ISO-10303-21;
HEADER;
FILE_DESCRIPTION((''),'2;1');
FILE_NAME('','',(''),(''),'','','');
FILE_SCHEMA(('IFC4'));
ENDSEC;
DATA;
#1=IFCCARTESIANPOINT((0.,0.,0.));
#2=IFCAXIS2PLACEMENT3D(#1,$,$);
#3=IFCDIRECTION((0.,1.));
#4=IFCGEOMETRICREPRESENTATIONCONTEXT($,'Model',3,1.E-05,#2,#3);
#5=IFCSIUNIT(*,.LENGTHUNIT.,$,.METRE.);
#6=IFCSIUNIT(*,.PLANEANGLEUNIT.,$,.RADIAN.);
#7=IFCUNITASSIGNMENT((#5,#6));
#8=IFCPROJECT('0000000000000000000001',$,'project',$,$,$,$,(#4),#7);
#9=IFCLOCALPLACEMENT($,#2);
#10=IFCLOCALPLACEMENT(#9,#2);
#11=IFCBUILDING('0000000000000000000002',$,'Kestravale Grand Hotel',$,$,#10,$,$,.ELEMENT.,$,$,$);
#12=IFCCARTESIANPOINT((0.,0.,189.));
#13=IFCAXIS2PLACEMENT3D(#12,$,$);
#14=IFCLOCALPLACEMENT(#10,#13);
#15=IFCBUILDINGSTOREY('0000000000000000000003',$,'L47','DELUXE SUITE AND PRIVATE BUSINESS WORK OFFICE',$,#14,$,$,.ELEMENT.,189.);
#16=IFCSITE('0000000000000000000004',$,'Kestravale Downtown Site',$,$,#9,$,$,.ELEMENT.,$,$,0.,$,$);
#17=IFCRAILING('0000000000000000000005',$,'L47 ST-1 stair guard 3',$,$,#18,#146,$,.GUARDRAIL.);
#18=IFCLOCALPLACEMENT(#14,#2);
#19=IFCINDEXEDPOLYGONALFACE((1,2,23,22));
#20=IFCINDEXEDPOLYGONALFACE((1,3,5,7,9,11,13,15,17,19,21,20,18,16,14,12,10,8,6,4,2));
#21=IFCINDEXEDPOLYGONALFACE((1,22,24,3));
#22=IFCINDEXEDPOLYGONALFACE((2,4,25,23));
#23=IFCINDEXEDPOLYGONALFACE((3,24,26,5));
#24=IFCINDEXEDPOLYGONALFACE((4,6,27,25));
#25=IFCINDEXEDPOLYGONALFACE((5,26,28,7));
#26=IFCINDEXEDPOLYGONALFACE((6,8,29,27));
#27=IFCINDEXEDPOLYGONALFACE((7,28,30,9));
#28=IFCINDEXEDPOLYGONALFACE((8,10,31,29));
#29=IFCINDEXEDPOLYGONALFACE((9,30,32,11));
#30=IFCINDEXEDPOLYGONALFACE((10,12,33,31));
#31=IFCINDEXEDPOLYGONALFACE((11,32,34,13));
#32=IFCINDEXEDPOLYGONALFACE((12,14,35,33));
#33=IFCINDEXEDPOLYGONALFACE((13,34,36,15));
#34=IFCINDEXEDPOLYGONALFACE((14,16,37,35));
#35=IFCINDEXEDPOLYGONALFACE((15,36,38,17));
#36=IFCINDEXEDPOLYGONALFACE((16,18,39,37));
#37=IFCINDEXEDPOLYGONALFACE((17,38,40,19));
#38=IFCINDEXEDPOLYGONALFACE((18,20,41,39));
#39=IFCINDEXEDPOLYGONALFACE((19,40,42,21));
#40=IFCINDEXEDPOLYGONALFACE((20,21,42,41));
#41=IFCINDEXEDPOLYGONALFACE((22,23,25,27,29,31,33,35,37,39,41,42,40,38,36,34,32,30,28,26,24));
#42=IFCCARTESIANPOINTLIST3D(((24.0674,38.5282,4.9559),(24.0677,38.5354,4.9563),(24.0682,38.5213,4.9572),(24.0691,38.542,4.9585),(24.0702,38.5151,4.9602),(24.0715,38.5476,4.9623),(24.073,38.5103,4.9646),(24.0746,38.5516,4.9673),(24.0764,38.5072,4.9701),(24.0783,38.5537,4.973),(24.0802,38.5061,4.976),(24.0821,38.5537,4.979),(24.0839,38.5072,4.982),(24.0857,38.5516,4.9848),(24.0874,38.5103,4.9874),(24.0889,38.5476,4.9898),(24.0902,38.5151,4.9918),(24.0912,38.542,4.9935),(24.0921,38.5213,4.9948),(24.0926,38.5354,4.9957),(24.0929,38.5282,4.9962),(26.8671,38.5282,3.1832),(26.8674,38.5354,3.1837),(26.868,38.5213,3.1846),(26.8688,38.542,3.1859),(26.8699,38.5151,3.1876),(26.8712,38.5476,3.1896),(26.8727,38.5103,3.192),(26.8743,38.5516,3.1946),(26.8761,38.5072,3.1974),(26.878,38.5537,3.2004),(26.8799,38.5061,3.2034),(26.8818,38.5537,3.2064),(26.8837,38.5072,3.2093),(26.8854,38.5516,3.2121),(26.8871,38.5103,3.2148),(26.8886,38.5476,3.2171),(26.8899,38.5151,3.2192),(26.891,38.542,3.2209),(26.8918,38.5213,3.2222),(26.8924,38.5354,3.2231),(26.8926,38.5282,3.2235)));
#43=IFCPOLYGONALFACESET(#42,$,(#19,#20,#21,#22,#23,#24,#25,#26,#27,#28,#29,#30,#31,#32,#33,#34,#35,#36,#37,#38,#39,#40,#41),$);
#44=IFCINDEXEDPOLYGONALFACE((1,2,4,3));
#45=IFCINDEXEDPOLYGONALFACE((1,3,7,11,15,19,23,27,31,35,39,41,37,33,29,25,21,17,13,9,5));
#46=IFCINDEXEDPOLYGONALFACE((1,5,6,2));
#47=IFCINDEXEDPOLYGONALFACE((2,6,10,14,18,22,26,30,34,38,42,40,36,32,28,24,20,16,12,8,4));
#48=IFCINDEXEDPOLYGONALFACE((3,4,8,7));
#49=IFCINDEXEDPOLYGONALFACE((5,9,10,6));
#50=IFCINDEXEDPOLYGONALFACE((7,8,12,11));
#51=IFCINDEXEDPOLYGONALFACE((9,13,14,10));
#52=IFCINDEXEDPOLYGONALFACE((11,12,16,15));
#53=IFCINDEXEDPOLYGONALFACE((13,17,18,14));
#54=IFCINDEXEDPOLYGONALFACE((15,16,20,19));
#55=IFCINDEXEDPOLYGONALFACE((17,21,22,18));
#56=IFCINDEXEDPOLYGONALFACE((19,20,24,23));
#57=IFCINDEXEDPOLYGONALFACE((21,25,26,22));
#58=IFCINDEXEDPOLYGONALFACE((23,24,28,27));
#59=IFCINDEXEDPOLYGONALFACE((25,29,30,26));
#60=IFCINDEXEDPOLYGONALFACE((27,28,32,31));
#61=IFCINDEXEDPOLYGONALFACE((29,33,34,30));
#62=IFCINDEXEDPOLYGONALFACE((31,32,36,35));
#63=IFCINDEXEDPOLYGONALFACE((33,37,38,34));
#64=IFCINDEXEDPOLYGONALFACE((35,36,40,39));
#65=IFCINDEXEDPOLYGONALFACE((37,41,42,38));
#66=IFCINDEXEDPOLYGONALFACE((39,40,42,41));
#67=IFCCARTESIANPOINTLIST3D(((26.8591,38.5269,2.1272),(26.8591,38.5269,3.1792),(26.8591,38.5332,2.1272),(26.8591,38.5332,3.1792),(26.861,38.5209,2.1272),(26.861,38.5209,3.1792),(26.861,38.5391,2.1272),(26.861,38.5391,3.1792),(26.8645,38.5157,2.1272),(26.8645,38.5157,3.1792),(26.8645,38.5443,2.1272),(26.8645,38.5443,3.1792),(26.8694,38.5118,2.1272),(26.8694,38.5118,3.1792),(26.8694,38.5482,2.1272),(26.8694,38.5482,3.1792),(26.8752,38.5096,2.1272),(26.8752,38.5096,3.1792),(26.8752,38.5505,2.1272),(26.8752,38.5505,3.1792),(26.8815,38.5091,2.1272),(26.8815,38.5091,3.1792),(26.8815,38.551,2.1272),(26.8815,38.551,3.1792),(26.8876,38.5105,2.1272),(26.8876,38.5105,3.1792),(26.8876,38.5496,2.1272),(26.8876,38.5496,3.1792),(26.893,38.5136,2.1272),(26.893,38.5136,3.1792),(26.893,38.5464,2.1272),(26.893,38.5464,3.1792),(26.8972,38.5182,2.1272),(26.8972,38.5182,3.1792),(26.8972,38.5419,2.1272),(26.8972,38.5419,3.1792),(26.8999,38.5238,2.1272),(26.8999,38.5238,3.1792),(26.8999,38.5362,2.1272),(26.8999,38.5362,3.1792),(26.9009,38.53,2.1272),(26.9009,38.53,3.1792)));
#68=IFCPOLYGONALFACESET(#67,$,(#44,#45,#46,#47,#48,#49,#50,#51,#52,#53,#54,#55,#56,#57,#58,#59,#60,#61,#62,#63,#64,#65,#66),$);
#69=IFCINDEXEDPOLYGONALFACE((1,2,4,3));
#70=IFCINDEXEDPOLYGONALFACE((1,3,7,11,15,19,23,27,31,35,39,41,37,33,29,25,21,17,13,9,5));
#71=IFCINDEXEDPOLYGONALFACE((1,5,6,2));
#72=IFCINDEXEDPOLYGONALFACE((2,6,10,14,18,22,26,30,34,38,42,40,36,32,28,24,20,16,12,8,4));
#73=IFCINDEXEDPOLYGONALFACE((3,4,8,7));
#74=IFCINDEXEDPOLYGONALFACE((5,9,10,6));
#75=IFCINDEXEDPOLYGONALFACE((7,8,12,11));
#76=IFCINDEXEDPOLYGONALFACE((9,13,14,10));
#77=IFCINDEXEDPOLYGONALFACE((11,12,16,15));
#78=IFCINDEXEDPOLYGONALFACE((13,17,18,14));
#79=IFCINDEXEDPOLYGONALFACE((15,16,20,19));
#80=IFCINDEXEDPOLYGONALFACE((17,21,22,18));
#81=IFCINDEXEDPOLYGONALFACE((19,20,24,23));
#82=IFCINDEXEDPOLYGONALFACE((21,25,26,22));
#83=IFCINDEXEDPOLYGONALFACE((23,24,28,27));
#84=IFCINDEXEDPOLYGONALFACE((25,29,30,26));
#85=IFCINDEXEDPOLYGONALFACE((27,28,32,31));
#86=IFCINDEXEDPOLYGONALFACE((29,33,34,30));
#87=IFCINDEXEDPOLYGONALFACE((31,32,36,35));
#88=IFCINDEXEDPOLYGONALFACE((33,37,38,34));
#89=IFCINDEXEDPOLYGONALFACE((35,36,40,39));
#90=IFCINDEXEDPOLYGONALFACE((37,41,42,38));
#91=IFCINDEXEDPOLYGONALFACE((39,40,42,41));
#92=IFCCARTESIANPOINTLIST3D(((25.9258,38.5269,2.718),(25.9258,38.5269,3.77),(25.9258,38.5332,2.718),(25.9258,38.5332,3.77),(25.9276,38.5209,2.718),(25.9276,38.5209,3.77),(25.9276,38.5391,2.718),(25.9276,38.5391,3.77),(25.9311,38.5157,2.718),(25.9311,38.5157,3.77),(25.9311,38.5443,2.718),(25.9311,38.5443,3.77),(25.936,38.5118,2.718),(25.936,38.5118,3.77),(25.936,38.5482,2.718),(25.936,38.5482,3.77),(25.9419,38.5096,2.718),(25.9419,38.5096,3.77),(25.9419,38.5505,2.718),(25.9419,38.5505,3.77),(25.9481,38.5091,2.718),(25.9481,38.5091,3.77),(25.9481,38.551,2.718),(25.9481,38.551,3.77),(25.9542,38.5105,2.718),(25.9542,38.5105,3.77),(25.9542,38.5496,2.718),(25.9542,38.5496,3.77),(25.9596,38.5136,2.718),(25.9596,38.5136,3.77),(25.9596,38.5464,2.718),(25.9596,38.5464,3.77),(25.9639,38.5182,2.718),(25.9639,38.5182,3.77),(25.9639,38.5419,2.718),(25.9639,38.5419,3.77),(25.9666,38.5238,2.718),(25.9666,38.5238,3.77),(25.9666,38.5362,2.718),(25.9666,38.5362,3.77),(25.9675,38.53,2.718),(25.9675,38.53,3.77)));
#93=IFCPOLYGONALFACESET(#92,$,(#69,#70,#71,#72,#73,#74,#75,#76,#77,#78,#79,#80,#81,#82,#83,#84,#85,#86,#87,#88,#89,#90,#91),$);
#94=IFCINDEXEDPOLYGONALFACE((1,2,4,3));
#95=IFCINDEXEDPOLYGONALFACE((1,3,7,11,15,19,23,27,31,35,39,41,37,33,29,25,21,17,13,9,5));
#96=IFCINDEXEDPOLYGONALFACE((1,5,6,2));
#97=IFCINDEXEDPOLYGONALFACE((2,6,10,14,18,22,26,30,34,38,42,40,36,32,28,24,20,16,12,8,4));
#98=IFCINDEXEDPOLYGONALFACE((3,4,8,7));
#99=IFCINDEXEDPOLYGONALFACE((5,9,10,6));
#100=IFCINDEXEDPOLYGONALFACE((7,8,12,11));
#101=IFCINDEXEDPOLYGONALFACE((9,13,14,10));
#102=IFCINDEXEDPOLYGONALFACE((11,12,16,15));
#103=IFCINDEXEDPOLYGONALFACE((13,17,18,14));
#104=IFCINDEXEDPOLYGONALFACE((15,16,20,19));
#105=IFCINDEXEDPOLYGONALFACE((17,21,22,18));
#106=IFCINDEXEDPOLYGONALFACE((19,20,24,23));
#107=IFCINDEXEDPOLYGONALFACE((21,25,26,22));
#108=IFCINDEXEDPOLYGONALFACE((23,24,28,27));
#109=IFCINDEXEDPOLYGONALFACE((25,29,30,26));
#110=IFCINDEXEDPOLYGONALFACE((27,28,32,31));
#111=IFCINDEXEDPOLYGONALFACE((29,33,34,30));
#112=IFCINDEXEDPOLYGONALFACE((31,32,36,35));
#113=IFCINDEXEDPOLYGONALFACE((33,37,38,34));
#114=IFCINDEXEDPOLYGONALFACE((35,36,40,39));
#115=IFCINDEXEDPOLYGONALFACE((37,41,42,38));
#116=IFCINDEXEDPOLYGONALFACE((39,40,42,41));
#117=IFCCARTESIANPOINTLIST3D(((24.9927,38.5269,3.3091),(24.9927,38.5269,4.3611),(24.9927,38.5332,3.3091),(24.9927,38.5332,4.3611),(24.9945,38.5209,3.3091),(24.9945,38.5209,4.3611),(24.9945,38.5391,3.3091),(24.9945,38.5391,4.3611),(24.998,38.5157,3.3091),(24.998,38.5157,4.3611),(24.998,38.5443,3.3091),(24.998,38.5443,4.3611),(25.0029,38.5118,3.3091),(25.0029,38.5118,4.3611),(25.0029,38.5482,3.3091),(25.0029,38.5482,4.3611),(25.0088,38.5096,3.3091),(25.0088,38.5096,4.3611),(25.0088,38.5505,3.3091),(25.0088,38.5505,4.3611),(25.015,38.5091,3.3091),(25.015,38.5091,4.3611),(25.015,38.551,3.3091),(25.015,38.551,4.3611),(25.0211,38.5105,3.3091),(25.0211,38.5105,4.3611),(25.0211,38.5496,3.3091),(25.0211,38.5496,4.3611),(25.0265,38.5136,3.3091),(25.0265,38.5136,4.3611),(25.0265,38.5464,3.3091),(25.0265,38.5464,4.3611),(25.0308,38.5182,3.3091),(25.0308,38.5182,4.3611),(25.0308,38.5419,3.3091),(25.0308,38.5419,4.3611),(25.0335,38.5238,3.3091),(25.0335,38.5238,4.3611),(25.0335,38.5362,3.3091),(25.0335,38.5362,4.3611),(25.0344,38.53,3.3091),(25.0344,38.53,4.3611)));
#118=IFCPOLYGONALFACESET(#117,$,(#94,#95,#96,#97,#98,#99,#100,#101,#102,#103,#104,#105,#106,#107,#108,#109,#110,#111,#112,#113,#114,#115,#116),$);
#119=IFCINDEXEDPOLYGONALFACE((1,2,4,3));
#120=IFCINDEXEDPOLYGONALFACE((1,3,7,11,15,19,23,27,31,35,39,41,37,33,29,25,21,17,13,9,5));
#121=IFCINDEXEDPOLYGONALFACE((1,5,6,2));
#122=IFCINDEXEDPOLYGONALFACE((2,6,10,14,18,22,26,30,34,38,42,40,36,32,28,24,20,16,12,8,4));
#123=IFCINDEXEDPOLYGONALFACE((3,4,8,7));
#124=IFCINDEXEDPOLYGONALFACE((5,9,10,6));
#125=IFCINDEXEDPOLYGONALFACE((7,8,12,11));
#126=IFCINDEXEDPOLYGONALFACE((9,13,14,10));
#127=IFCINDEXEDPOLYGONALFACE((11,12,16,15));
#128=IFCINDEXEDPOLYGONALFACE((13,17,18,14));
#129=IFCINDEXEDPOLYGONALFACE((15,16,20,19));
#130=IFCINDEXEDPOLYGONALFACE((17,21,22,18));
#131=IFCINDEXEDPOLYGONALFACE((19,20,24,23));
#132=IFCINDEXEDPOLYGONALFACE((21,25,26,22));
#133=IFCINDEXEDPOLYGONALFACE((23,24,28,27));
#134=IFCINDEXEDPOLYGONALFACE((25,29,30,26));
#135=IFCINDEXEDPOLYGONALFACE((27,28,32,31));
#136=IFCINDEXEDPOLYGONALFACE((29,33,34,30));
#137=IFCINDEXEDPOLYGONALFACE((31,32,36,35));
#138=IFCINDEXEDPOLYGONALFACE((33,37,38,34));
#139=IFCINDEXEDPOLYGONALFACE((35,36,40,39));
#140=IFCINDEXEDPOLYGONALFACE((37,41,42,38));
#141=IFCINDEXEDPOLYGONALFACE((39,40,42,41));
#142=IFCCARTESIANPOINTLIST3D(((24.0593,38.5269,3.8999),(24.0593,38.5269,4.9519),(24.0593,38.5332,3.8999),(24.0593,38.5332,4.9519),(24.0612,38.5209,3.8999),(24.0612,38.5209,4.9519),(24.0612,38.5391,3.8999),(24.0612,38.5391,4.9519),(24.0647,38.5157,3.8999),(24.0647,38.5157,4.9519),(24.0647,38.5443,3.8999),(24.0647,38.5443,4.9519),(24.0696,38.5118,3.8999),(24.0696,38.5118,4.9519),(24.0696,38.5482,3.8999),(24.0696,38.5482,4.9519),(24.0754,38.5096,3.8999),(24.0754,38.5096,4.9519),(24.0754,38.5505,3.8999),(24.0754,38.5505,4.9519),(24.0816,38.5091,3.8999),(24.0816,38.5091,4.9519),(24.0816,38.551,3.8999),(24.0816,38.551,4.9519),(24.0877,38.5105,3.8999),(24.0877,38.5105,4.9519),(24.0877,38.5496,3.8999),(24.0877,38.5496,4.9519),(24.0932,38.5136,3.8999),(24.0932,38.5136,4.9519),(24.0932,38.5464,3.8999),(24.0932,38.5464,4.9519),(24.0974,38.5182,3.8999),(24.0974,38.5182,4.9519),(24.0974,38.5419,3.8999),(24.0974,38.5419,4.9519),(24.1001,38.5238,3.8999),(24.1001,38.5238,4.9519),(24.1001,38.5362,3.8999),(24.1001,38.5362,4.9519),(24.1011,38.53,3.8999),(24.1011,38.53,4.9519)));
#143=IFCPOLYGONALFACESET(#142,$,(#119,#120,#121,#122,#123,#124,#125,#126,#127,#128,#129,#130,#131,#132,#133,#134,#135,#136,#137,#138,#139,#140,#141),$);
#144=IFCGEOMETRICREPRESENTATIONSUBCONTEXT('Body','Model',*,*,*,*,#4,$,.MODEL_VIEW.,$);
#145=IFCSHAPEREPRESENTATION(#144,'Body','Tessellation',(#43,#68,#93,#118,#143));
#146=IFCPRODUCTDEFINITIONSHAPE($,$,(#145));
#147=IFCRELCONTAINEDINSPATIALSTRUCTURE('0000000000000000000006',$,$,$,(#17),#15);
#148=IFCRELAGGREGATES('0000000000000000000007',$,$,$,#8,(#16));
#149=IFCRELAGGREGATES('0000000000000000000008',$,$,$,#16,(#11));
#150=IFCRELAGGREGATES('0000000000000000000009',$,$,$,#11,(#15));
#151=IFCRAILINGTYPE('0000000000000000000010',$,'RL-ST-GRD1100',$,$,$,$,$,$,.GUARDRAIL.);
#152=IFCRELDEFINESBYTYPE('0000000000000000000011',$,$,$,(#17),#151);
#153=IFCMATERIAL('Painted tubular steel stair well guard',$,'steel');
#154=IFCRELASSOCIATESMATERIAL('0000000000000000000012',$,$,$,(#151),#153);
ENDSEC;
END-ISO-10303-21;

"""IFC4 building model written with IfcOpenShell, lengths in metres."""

from ifc_helpers import new_model, si_unit, direction, frame, origin, origin_2d, place, context, subcontext, project, spatial, circle, extrude, material, type_object, element, save


model = new_model("IFC4")

# Units and contexts
model_context = context("Model", 3, precision=1e-05, world=origin(), true_north=direction((0.0, 1.0)))
body_context = subcontext(model_context, "Body", "Model", "MODEL_VIEW")
ifc_project = project(units=[si_unit("LENGTHUNIT", "METRE"), si_unit("PLANEANGLEUNIT", "RADIAN")], contexts=[model_context])

# Site, building, storey
site_placement = place(None, origin())
site = spatial("IfcSite", under=ifc_project, at=site_placement, Name="Kestravale Downtown Site", CompositionType="ELEMENT", RefElevation=0.0)
building_placement = place(site_placement, origin())
building = spatial("IfcBuilding", under=site, at=building_placement, Name="Kestravale Grand Hotel", CompositionType="ELEMENT")
storey_placement = place(building_placement, frame((0.0, 0.0, 189.0)))
storey = spatial("IfcBuildingStorey", under=building, at=storey_placement, Name="L47", Description="DELUXE SUITE AND PRIVATE BUSINESS WORK OFFICE", CompositionType="ELEMENT", Elevation=189.0)

# Railing
ifc_material_1 = material(Name="Painted tubular steel stair well guard", Category="steel")
railing_type_1 = type_object("IfcRailingType", Name="RL-ST-GRD1100", PredefinedType="GUARDRAIL", material=ifc_material_1)
railing_1_placement = place(storey_placement, frame((26.8799, 38.53, 2.1272)))
element("IfcRailing", 1, at=railing_1_placement, inside=storey, type_object=railing_type_1, Name="L47 ST-1 stair guard 3", PredefinedType="GUARDRAIL", context=body_context, shape_type="SweptSolid", body=[
    extrude(circle(Radius=0.0239, at=origin_2d()), frame((0.0, 0.0, 1.0762), z_axis=(-0.844888, 0.0, 0.534943), x_axis=(0.0, -1.0, 0.0)), (0.0, 0.0, 1.0), 3.3137),
    extrude(circle(Radius=0.021, at=origin_2d()), origin(), (0.0, 0.0, 1.0), 1.052),
    extrude(circle(Radius=0.021, at=origin_2d()), frame((-0.9333, 0.0, 0.5908)), (0.0, 0.0, 1.0), 1.052),
    extrude(circle(Radius=0.021, at=origin_2d()), frame((-1.8665, 0.0, 1.1819)), (0.0, 0.0, 1.0), 1.052),
    extrude(circle(Radius=0.021, at=origin_2d()), frame((-2.7998, 0.0, 1.7727)), (0.0, 0.0, 1.0), 1.052),
])

save(model, "model.ifc")
